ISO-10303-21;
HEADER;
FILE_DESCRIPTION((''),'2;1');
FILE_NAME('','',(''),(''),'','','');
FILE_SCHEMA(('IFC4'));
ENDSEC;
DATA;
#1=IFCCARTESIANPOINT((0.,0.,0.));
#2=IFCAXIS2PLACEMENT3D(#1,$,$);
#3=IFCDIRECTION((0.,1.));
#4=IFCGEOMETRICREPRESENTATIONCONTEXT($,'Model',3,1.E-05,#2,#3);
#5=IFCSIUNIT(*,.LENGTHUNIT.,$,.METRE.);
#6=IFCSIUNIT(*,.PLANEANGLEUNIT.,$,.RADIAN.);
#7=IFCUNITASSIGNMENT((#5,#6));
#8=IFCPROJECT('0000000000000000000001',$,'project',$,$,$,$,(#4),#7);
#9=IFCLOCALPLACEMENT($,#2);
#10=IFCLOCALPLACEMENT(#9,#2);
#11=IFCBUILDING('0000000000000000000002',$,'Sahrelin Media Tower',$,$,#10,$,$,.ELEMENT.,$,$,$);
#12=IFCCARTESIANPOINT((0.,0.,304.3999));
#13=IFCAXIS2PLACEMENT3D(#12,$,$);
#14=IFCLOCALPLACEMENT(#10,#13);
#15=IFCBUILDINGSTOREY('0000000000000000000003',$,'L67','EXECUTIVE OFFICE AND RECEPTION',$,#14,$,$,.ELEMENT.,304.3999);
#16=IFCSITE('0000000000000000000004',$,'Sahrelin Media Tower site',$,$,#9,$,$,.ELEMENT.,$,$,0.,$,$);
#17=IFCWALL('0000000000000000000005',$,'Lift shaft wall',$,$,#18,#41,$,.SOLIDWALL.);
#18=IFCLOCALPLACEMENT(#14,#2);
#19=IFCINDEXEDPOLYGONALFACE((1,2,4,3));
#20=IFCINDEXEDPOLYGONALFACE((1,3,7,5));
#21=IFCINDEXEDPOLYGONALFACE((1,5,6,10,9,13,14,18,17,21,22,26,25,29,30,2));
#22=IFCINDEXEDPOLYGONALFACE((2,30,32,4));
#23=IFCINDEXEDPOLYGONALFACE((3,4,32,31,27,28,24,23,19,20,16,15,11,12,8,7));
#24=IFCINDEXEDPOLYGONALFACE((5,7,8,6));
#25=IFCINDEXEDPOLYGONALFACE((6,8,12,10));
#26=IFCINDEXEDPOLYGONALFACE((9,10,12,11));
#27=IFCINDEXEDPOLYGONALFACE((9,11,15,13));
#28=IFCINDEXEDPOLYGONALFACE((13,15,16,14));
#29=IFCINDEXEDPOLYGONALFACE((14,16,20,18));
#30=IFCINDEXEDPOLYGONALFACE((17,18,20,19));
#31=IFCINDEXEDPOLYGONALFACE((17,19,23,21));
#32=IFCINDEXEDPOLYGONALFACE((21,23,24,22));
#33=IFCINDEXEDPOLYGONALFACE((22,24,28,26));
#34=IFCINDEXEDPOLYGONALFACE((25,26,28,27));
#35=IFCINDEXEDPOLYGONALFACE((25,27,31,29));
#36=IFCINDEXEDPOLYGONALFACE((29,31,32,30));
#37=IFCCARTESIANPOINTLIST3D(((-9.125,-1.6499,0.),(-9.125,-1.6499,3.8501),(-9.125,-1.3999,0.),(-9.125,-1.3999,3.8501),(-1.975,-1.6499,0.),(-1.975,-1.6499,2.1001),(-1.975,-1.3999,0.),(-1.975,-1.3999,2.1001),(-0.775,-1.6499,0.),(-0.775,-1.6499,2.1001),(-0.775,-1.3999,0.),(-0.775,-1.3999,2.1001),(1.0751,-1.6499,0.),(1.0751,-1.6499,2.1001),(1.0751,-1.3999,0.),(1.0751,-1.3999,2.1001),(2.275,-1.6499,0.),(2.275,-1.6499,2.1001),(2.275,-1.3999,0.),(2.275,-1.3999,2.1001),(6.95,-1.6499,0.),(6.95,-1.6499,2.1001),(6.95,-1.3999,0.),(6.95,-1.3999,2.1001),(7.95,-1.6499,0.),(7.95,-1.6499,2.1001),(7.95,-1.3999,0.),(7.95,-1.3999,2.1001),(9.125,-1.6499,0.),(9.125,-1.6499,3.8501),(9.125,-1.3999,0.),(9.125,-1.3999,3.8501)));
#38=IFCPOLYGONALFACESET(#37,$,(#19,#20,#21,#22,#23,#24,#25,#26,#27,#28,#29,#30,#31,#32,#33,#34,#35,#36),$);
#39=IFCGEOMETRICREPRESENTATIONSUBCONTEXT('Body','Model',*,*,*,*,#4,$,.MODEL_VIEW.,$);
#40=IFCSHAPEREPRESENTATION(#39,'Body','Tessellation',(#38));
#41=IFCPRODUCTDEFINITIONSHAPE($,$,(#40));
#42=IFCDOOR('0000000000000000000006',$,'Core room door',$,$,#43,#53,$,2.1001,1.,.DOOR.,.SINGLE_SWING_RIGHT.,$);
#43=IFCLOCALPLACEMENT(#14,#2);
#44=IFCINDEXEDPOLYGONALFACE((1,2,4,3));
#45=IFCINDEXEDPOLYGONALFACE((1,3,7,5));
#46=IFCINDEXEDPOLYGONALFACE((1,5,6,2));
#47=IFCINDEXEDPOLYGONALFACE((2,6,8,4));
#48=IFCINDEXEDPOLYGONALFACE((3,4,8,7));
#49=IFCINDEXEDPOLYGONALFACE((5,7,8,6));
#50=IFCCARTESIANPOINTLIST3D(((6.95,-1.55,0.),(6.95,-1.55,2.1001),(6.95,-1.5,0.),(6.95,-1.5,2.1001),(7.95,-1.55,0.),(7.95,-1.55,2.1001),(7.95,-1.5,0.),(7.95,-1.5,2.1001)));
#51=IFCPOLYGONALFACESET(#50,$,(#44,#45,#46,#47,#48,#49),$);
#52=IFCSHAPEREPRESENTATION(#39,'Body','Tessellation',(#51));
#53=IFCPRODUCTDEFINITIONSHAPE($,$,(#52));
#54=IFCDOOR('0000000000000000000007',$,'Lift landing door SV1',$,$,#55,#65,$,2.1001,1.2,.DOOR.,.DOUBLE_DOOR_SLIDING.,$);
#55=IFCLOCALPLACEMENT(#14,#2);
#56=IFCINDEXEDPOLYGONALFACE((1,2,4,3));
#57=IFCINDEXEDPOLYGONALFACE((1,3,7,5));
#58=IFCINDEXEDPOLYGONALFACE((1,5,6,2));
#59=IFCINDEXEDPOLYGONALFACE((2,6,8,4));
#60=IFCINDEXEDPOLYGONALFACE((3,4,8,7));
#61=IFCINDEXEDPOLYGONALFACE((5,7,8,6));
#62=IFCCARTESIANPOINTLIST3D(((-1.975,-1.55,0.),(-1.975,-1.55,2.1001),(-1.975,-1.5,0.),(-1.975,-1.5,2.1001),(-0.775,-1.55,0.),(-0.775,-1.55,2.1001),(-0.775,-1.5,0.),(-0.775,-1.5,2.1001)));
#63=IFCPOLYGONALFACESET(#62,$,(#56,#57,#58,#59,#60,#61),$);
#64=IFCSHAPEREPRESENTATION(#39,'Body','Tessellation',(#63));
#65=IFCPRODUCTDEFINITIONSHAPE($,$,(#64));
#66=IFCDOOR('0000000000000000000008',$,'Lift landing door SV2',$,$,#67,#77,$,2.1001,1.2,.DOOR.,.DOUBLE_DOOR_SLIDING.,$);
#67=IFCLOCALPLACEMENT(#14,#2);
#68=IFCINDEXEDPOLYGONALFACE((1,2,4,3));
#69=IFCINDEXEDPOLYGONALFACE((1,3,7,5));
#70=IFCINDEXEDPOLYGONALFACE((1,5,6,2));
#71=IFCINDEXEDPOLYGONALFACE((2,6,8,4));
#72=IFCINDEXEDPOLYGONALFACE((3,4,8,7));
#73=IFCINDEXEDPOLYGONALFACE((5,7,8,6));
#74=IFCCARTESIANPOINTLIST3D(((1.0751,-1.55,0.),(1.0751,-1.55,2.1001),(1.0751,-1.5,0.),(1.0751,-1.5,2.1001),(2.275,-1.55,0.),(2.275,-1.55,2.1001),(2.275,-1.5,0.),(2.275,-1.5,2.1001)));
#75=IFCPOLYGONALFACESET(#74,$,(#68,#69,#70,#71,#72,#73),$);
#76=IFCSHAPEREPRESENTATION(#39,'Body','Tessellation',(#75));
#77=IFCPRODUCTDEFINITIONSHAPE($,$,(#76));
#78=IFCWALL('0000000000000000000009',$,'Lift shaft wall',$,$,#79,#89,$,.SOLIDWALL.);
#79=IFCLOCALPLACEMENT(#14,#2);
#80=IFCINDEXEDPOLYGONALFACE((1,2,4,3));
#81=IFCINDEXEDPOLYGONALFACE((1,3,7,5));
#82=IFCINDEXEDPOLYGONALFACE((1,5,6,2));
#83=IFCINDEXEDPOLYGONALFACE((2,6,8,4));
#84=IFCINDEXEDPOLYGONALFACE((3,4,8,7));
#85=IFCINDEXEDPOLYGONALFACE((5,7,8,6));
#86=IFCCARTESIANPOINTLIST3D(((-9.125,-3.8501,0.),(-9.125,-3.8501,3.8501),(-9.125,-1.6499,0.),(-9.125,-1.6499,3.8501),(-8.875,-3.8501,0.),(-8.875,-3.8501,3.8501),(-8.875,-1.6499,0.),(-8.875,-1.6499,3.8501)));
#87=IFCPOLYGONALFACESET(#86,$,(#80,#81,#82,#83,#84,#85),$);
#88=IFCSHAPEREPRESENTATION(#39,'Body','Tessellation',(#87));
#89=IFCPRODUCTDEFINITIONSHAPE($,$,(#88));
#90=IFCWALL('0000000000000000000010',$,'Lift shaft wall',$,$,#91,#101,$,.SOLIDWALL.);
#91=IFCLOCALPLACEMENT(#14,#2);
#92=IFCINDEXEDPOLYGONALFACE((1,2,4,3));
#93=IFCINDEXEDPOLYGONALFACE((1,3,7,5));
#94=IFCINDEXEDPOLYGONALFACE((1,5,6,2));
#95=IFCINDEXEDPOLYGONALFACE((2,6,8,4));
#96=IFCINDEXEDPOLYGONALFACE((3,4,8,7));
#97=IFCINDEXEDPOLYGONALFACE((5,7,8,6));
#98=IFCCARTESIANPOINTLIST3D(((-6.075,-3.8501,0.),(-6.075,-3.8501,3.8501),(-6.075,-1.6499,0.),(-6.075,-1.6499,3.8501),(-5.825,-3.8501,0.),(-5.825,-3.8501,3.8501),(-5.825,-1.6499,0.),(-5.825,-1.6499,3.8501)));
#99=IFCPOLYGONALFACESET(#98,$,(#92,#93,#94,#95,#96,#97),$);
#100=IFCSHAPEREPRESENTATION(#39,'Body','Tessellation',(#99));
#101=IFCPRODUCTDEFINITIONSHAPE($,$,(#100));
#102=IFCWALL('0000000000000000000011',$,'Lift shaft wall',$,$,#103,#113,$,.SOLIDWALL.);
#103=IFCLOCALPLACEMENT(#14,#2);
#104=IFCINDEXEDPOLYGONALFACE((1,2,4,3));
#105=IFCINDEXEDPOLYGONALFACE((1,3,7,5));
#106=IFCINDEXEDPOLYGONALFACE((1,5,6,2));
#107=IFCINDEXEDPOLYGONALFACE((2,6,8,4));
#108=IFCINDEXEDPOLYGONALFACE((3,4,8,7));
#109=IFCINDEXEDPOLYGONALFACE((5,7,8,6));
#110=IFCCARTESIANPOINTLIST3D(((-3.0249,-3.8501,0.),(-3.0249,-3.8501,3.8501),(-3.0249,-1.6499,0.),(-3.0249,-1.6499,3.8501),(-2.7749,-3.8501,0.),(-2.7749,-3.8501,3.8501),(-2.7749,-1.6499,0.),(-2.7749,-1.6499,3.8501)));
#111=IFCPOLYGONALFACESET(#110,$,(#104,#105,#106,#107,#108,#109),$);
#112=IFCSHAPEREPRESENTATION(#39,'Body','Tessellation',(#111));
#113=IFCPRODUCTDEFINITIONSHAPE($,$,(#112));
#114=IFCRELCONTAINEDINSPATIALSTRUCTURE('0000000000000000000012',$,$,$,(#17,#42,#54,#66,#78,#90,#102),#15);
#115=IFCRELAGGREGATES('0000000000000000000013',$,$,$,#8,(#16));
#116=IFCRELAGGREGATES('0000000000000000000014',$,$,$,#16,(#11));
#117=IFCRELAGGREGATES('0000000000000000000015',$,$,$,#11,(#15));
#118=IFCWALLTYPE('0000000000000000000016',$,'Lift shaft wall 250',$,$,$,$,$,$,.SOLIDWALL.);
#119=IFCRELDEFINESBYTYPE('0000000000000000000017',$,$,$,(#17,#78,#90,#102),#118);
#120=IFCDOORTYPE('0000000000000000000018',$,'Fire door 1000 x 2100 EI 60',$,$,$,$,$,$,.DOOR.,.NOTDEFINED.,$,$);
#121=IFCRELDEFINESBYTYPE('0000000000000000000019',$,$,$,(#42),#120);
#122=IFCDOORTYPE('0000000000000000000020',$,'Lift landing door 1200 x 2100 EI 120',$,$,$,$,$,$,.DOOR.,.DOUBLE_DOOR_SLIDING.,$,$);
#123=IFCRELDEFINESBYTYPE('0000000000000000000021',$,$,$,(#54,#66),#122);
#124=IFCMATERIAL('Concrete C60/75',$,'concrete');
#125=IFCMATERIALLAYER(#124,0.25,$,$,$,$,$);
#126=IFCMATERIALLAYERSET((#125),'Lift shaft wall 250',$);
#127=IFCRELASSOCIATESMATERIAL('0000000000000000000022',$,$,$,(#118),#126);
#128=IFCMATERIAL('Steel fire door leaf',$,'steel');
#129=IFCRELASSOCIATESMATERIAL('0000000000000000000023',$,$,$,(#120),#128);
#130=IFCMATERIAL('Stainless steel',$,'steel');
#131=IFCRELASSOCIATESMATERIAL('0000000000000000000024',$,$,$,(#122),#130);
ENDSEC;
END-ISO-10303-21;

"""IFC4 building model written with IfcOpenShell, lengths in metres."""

from ifc_helpers import new_model, si_unit, direction, frame, frame_2d, origin, place, context, subcontext, project, spatial, rectangle, extrude, material, layer, layer_set, type_object, element, fill, save


model = new_model("IFC4")

# Units and contexts
model_context = context("Model", 3, precision=1e-05, world=origin(), true_north=direction((0.0, 1.0)))
body_context = subcontext(model_context, "Body", "Model", "MODEL_VIEW")
ifc_project = project(units=[si_unit("LENGTHUNIT", "METRE"), si_unit("PLANEANGLEUNIT", "RADIAN")], contexts=[model_context])

# Site, building, storey
site_placement = place(None, origin())
site = spatial("IfcSite", under=ifc_project, at=site_placement, Name="Sahrelin Media Tower site", CompositionType="ELEMENT", RefElevation=0.0)
building_placement = place(site_placement, origin())
building = spatial("IfcBuilding", under=site, at=building_placement, Name="Sahrelin Media Tower", CompositionType="ELEMENT")
storey_placement = place(building_placement, frame((0.0, 0.0, 304.3999)))
storey = spatial("IfcBuildingStorey", under=building, at=storey_placement, Name="L67", Description="EXECUTIVE OFFICE AND RECEPTION", CompositionType="ELEMENT", Elevation=304.3999)

# Shared definitions
ifc_material_1 = material(Name="Steel fire door leaf", Category="steel")

# Wall, openings, doors
ifc_material_2 = material(Name="Concrete C60/75", Category="concrete")
ifc_layer_1 = layer(ifc_material_2, 0.25)
ifc_layer_set_1 = layer_set([ifc_layer_1], Name="Lift shaft wall 250")
wall_type_1 = type_object("IfcWallType", Name="Lift shaft wall 250", PredefinedType="SOLIDWALL", material=ifc_layer_set_1)
wall_1_placement = place(storey_placement, frame((-9.125, -1.5249, 0.0), z_axis=(0.0, 0.0, 1.0), x_axis=(1.0, 0.0, 0.0)))
wall_1 = element("IfcWall", 1, at=wall_1_placement, inside=storey, type_object=wall_type_1, Name="Lift shaft wall", PredefinedType="SOLIDWALL", context=body_context, shape_type="SweptSolid", body=[
    extrude(rectangle(XDim=18.25, YDim=0.25, at=frame_2d((9.125, 0.0))), origin(), (0.0, 0.0, 1.0), 3.8501),
])
opening_1_placement = place(wall_1_placement, frame((7.1499, 0.0, 0.0)))
opening_1 = element("IfcOpeningElement", 2, at=opening_1_placement, cuts=wall_1, PredefinedType="OPENING", context=body_context, shape_type="SweptSolid", body=[
    extrude(rectangle(XDim=1.2, YDim=2.1001, at=frame_2d((0.6001, 1.05))), frame((0.0, 0.125, 0.0), z_axis=(0.0, -1.0, 0.0), x_axis=(1.0, 0.0, 0.0)), (0.0, 0.0, 1.0), 0.25),
])
opening_2_placement = place(wall_1_placement, frame((10.2, 0.0, 0.0)))
opening_2 = element("IfcOpeningElement", 3, at=opening_2_placement, cuts=wall_1, PredefinedType="OPENING", context=body_context, shape_type="SweptSolid", body=[
    extrude(rectangle(XDim=1.2, YDim=2.1001, at=frame_2d((0.6001, 1.05))), frame((0.0, 0.125, 0.0), z_axis=(0.0, -1.0, 0.0), x_axis=(1.0, 0.0, 0.0)), (0.0, 0.0, 1.0), 0.25),
])
opening_3_placement = place(wall_1_placement, frame((16.075, 0.0, 0.0)))
opening_3 = element("IfcOpeningElement", 4, at=opening_3_placement, cuts=wall_1, PredefinedType="OPENING", context=body_context, shape_type="SweptSolid", body=[
    extrude(rectangle(XDim=1.0, YDim=2.1001, at=frame_2d((0.5, 1.05))), frame((0.0, 0.125, 0.0), z_axis=(0.0, -1.0, 0.0), x_axis=(1.0, 0.0, 0.0)), (0.0, 0.0, 1.0), 0.25),
])
door_type_1 = type_object("IfcDoorType", Name="Fire door 1000 x 2100 EI 60", OperationType="NOTDEFINED", PredefinedType="DOOR", material=ifc_material_1)
door_1_placement = place(opening_3_placement, origin())
door_1 = element("IfcDoor", 5, at=door_1_placement, inside=storey, type_object=door_type_1, Name="Core room door", OperationType="SINGLE_SWING_RIGHT", OverallHeight=2.1001, OverallWidth=1.0, PredefinedType="DOOR", context=body_context, shape_type="SweptSolid", body=[
    extrude(rectangle(XDim=1.0, YDim=2.1001, at=frame_2d((0.5, 1.05))), frame((0.0, 0.0249, 0.0), z_axis=(0.0, -1.0, 0.0), x_axis=(1.0, 0.0, 0.0)), (0.0, 0.0, 1.0), 0.05),
])
fill(opening_3, door_1)
ifc_material_3 = material(Name="Stainless steel", Category="steel")
door_type_2 = type_object("IfcDoorType", Name="Lift landing door 1200 x 2100 EI 120", OperationType="DOUBLE_DOOR_SLIDING", PredefinedType="DOOR", material=ifc_material_3)
door_2_placement = place(opening_1_placement, origin())
door_2 = element("IfcDoor", 6, at=door_2_placement, inside=storey, type_object=door_type_2, Name="Lift landing door SV1", OperationType="DOUBLE_DOOR_SLIDING", OverallHeight=2.1001, OverallWidth=1.2, PredefinedType="DOOR", context=body_context, shape_type="SweptSolid", body=[
    extrude(rectangle(XDim=1.2, YDim=2.1001, at=frame_2d((0.6001, 1.05))), frame((0.0, 0.0249, 0.0), z_axis=(0.0, -1.0, 0.0), x_axis=(1.0, 0.0, 0.0)), (0.0, 0.0, 1.0), 0.05),
])
fill(opening_1, door_2)
door_3_placement = place(opening_2_placement, origin())
door_3 = element("IfcDoor", 7, at=door_3_placement, inside=storey, type_object=door_type_2, Name="Lift landing door SV2", OperationType="DOUBLE_DOOR_SLIDING", OverallHeight=2.1001, OverallWidth=1.2, PredefinedType="DOOR", context=body_context, shape_type="SweptSolid", body=[
    extrude(rectangle(XDim=1.2, YDim=2.1001, at=frame_2d((0.6001, 1.05))), frame((0.0, 0.0249, 0.0), z_axis=(0.0, -1.0, 0.0), x_axis=(1.0, 0.0, 0.0)), (0.0, 0.0, 1.0), 0.05),
])
fill(opening_2, door_3)

# Walls
for number, where, z_axis, x_axis, name in (
    (8, (-9.0, -3.8501, 0.0), (0.0, 0.0, 1.0), (0.0, 1.0, 0.0), "Lift shaft wall"),
    (9, (-5.95, -3.8501, 0.0), (0.0, 0.0, 1.0), (0.0, 1.0, 0.0), "Lift shaft wall"),
    (10, (-2.8999, -3.8501, 0.0), (0.0, 0.0, 1.0), (0.0, 1.0, 0.0), "Lift shaft wall"),
):
    element("IfcWall", number, at=place(storey_placement, frame(where, z_axis=z_axis, x_axis=x_axis)), inside=storey, type_object=wall_type_1, Name=name, PredefinedType="SOLIDWALL", context=body_context, shape_type="SweptSolid", body=[
        extrude(rectangle(XDim=2.2002, YDim=0.25, at=frame_2d((1.1001, 0.0))), origin(), (0.0, 0.0, 1.0), 3.8501),
    ])

save(model, "model.ifc")
